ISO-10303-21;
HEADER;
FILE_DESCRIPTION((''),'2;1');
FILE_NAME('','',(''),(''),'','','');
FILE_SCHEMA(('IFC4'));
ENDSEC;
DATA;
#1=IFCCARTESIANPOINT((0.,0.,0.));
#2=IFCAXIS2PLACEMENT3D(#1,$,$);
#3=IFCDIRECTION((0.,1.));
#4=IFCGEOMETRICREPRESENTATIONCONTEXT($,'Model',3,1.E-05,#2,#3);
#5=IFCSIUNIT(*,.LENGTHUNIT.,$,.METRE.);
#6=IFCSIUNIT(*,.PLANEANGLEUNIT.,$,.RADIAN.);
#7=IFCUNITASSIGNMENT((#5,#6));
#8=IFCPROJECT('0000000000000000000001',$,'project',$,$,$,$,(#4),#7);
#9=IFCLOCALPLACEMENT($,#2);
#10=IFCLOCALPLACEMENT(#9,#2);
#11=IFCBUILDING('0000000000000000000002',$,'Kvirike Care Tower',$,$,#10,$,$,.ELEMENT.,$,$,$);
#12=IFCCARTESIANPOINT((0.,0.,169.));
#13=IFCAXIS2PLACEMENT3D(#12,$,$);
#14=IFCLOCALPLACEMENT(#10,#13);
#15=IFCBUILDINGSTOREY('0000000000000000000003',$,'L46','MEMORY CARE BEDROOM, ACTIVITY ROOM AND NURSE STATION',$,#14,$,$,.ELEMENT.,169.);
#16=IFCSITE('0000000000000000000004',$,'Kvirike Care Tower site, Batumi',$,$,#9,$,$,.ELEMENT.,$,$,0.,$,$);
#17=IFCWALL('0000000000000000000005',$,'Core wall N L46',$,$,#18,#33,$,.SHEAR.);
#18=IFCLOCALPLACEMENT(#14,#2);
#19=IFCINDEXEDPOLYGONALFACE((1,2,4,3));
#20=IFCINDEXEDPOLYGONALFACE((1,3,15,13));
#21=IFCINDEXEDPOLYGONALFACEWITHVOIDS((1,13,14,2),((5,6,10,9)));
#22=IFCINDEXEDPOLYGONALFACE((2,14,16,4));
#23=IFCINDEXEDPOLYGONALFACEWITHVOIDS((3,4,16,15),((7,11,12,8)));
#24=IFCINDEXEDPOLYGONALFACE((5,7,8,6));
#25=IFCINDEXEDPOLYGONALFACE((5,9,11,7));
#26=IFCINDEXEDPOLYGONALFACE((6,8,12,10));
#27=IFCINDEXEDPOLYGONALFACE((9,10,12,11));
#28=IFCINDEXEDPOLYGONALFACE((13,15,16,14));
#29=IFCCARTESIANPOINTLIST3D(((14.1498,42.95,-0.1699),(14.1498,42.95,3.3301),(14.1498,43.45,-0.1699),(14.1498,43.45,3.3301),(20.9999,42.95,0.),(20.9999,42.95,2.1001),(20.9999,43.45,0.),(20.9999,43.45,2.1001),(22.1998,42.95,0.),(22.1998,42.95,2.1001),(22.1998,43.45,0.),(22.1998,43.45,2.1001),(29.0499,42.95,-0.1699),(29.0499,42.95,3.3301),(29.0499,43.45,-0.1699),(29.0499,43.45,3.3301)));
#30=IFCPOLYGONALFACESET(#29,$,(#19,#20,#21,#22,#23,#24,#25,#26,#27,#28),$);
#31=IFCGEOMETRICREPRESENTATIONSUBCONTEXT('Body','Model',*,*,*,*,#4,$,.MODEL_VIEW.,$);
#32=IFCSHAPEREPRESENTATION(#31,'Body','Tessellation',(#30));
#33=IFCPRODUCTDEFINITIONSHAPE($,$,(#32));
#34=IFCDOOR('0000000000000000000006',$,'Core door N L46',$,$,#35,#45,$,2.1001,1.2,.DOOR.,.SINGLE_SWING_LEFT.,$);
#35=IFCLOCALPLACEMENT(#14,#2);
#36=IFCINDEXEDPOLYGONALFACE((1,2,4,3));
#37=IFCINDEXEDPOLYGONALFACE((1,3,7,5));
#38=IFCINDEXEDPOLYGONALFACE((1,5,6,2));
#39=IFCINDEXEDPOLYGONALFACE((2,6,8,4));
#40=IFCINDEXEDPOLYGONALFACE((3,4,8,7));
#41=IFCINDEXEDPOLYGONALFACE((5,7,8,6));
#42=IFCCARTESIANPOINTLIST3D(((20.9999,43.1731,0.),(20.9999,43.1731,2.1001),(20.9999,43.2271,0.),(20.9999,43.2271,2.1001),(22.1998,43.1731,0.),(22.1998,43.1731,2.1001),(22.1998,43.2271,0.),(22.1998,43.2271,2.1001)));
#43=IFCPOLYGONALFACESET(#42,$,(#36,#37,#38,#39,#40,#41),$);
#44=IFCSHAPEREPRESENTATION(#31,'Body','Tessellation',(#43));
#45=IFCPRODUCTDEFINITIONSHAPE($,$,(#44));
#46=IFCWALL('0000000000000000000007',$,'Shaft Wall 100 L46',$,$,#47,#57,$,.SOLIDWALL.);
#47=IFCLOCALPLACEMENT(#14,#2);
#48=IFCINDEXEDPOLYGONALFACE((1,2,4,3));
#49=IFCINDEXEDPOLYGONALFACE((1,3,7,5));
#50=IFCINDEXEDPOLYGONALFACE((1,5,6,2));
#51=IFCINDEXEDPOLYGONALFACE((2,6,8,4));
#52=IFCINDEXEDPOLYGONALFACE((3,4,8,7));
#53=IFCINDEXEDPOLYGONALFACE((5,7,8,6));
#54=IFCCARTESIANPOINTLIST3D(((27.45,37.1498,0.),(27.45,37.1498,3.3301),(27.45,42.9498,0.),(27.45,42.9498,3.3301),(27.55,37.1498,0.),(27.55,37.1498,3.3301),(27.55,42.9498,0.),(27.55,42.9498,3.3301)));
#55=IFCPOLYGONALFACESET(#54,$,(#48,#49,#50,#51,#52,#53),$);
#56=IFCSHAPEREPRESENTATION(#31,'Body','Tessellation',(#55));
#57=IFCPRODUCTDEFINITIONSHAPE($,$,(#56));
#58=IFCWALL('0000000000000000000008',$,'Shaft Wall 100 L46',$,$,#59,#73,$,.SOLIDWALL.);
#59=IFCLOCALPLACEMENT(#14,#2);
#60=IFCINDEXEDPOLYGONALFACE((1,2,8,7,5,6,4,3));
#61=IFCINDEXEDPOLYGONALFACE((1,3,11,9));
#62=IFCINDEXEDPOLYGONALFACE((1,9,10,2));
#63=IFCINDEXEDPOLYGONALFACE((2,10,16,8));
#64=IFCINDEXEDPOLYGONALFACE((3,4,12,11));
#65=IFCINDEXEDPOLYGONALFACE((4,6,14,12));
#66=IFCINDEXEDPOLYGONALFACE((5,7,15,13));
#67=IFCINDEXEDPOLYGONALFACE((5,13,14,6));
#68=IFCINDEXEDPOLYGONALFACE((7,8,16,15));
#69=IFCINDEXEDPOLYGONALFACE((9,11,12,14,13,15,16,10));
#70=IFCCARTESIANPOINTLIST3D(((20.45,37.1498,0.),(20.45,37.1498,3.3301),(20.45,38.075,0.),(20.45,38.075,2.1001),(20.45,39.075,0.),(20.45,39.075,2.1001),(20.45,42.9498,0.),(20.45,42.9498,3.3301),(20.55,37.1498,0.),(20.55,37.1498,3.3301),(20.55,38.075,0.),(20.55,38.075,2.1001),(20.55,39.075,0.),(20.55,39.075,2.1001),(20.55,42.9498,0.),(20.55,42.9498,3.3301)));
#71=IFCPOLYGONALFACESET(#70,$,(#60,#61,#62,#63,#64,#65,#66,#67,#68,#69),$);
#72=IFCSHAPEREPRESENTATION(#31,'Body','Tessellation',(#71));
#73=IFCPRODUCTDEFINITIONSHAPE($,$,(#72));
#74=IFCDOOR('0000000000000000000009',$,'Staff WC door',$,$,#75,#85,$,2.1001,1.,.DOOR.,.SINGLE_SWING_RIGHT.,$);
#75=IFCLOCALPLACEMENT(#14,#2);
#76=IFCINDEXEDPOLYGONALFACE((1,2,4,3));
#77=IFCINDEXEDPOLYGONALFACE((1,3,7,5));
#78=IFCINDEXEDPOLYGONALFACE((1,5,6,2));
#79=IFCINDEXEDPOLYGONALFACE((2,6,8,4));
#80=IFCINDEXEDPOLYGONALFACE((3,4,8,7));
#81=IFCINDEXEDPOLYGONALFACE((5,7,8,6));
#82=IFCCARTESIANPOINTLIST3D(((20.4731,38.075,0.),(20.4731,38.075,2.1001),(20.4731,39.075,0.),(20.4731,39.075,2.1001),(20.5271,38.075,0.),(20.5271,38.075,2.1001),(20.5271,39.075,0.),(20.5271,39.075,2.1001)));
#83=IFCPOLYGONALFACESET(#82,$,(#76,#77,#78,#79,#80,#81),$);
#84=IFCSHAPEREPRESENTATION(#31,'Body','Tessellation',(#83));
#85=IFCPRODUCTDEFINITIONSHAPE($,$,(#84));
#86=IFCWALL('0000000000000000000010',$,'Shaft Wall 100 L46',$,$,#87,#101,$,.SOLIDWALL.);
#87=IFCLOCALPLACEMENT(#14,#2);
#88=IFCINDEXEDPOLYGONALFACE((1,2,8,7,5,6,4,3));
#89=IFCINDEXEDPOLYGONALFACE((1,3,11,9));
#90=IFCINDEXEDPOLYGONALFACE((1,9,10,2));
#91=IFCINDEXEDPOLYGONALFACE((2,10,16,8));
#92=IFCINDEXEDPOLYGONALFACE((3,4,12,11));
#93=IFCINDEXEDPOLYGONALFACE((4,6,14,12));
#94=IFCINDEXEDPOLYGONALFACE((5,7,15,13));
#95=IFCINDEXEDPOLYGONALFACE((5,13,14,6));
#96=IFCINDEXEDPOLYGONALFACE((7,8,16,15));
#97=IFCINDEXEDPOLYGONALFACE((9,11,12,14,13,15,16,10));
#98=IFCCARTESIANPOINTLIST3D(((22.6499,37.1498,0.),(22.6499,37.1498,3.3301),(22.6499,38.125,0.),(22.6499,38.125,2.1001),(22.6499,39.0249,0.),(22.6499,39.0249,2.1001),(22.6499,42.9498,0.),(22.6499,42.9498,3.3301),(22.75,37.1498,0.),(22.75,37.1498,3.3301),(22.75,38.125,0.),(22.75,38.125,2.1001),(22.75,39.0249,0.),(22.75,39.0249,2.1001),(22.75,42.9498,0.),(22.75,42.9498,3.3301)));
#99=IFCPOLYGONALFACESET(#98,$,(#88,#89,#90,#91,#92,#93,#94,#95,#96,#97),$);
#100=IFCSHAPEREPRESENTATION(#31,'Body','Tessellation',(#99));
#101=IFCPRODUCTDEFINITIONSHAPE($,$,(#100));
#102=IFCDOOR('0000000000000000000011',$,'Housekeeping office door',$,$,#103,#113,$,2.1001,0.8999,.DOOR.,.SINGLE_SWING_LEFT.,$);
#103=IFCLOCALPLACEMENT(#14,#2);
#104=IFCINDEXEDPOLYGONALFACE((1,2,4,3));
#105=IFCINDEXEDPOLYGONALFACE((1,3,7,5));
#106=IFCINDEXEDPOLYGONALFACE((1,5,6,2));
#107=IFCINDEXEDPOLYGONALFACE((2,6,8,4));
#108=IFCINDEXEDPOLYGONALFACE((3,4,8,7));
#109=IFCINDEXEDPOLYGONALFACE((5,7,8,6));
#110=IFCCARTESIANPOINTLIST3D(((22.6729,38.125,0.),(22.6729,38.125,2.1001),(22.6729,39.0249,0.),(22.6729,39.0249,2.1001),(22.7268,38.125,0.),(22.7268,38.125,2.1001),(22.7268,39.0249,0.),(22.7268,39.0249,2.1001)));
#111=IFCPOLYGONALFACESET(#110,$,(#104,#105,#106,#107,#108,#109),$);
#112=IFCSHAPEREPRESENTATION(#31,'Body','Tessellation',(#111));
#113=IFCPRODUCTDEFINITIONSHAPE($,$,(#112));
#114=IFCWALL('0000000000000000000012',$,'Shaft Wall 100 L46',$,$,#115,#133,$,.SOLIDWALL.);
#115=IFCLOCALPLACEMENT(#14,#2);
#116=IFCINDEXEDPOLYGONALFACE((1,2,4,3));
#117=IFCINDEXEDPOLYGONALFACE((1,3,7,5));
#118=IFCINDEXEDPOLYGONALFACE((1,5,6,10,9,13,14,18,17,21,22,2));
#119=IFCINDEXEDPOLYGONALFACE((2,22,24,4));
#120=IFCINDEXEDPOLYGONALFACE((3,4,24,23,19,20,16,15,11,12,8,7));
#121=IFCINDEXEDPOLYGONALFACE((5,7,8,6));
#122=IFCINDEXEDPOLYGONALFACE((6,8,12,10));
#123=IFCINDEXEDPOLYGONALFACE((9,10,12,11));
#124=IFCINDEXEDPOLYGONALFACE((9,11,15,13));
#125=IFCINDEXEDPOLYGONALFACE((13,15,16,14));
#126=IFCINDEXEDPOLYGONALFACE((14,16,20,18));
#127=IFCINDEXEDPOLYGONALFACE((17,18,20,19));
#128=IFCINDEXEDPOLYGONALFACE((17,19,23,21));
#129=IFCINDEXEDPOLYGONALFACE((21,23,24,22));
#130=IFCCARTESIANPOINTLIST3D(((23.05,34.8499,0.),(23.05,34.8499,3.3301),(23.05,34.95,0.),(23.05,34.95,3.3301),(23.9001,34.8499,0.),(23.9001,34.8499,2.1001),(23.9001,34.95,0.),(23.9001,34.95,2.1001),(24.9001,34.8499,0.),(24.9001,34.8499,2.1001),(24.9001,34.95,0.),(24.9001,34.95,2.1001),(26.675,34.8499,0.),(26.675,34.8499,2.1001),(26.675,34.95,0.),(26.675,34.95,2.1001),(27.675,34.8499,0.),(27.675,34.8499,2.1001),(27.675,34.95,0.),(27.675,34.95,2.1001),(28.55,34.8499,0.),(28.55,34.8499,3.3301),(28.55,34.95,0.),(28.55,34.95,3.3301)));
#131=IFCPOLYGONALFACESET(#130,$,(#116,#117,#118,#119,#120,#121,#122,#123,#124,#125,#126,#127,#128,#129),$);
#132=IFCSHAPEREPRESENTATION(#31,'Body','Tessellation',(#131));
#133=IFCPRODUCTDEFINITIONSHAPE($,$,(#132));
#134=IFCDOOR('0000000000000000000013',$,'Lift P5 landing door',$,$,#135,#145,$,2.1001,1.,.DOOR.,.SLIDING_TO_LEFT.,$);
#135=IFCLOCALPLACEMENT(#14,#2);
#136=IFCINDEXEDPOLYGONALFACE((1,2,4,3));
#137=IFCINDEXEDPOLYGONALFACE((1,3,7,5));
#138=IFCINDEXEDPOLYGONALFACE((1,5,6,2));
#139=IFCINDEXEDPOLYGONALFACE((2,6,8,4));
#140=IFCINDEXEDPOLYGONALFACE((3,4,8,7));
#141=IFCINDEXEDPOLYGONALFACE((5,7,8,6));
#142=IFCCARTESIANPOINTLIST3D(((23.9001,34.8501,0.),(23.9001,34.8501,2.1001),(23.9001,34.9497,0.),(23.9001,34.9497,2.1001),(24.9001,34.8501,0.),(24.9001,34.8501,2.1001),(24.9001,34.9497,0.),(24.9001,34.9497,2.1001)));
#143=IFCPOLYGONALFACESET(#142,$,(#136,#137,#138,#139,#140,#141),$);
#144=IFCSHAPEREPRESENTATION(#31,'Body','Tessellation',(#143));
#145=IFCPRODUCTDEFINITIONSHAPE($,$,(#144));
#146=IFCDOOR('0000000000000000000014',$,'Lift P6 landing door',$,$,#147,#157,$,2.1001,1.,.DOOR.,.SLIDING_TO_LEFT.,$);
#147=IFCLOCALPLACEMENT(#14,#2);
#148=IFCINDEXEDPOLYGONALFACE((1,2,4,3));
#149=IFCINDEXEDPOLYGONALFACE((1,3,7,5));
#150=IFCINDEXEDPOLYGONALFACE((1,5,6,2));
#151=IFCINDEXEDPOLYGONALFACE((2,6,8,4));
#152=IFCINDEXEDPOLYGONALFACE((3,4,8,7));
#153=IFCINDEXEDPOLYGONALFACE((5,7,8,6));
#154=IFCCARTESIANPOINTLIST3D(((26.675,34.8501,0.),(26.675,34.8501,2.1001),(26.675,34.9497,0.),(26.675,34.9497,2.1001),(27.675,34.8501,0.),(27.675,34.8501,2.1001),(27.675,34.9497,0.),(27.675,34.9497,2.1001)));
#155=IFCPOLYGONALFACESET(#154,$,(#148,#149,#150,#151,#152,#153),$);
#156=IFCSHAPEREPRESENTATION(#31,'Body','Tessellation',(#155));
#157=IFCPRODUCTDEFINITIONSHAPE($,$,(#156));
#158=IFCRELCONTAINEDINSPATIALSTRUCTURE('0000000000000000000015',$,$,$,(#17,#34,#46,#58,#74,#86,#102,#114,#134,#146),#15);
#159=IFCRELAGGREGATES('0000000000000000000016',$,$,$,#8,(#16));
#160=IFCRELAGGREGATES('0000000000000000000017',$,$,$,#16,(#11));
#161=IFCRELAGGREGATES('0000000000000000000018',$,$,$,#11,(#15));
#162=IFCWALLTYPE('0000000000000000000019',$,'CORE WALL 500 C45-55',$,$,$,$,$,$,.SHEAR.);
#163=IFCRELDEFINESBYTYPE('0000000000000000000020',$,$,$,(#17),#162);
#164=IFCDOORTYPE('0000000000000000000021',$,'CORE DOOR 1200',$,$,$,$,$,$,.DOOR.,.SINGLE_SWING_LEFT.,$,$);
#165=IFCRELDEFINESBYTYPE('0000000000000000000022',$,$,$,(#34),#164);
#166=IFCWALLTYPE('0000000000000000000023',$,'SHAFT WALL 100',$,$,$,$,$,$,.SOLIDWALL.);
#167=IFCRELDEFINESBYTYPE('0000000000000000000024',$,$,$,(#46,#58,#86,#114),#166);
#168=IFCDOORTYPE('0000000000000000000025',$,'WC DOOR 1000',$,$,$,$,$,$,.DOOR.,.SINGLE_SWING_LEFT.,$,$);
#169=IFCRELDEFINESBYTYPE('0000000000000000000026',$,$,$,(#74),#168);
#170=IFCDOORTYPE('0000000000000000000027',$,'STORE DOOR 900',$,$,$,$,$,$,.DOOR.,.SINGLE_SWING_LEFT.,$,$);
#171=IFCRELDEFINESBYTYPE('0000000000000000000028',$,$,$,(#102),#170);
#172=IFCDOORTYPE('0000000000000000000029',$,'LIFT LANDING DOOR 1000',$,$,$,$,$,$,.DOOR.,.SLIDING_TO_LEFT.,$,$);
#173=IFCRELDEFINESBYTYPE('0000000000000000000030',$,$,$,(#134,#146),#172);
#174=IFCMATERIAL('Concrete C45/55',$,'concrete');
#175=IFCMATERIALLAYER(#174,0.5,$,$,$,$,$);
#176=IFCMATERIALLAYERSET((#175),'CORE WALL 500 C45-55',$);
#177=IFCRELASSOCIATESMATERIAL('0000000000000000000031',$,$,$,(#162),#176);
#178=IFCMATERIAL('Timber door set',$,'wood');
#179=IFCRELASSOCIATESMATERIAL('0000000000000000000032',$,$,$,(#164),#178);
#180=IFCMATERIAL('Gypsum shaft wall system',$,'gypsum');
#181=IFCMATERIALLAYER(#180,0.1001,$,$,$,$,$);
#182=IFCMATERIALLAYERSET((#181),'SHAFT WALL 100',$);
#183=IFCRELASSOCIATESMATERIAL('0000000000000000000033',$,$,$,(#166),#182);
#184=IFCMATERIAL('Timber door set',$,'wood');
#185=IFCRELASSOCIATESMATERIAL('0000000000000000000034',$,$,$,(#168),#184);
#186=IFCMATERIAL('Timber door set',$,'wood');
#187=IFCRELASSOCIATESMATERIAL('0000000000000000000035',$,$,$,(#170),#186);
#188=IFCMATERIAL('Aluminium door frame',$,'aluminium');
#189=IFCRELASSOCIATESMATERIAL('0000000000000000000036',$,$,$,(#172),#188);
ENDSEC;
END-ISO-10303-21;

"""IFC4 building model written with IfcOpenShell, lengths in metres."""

from ifc_helpers import new_model, si_unit, direction, frame, frame_2d, origin, place, context, subcontext, project, spatial, rectangle, extrude, material, layer, layer_set, type_object, element, fill, save


model = new_model("IFC4")

# Units and contexts
model_context = context("Model", 3, precision=1e-05, world=origin(), true_north=direction((0.0, 1.0)))
body_context = subcontext(model_context, "Body", "Model", "MODEL_VIEW")
ifc_project = project(units=[si_unit("LENGTHUNIT", "METRE"), si_unit("PLANEANGLEUNIT", "RADIAN")], contexts=[model_context])

# Site, building, storey
site_placement = place(None, origin())
site = spatial("IfcSite", under=ifc_project, at=site_placement, Name="Kvirike Care Tower site, Batumi", CompositionType="ELEMENT", RefElevation=0.0)
building_placement = place(site_placement, origin())
building = spatial("IfcBuilding", under=site, at=building_placement, Name="Kvirike Care Tower", CompositionType="ELEMENT")
storey_placement = place(building_placement, frame((0.0, 0.0, 169.0)))
storey = spatial("IfcBuildingStorey", under=building, at=storey_placement, Name="L46", Description="MEMORY CARE BEDROOM, ACTIVITY ROOM AND NURSE STATION", CompositionType="ELEMENT", Elevation=169.0)

# Wall, opening, door
ifc_material_1 = material(Name="Concrete C45/55", Category="concrete")
ifc_layer_1 = layer(ifc_material_1, 0.5)
ifc_layer_set_1 = layer_set([ifc_layer_1], Name="CORE WALL 500 C45-55")
wall_type_1 = type_object("IfcWallType", Name="CORE WALL 500 C45-55", PredefinedType="SHEAR", material=ifc_layer_set_1)
wall_1_placement = place(storey_placement, frame((29.05, 43.2, -0.1699), z_axis=(0.0, 0.0, 1.0), x_axis=(-1.0, 0.0, 0.0)))
wall_1 = element("IfcWall", 1, at=wall_1_placement, inside=storey, type_object=wall_type_1, Name="Core wall N L46", PredefinedType="SHEAR", context=body_context, shape_type="SweptSolid", body=[
    extrude(rectangle(XDim=14.9001, YDim=0.5, at=frame_2d((7.4502, 0.0))), origin(), (0.0, 0.0, 1.0), 3.5),
])
opening_1_placement = place(wall_1_placement, frame((6.8501, 0.0, 0.1699)))
opening_1 = element("IfcOpeningElement", 2, at=opening_1_placement, cuts=wall_1, PredefinedType="OPENING", context=body_context, shape_type="SweptSolid", body=[
    extrude(rectangle(XDim=1.2, YDim=2.1001, at=frame_2d((0.6001, 1.05))), frame((0.0, 0.2605, 0.0), z_axis=(0.0, -1.0, 0.0), x_axis=(1.0, 0.0, 0.0)), (0.0, 0.0, 1.0), 0.521),
])
ifc_material_2 = material(Name="Timber door set", Category="wood")
door_type_1 = type_object("IfcDoorType", Name="CORE DOOR 1200", OperationType="SINGLE_SWING_LEFT", PredefinedType="DOOR", material=ifc_material_2)
door_1_placement = place(opening_1_placement, origin())
door_1 = element("IfcDoor", 3, at=door_1_placement, inside=storey, type_object=door_type_1, Name="Core door N L46", OperationType="SINGLE_SWING_LEFT", OverallHeight=2.1001, OverallWidth=1.2, PredefinedType="DOOR", context=body_context, shape_type="SweptSolid", body=[
    extrude(rectangle(XDim=1.2, YDim=2.1001, at=frame_2d((0.6001, 1.05))), frame((0.0, 0.0269, 0.0), z_axis=(0.0, -1.0, 0.0), x_axis=(1.0, 0.0, 0.0)), (0.0, 0.0, 1.0), 0.054),
])
fill(opening_1, door_1)

# Wall
ifc_material_3 = material(Name="Gypsum shaft wall system", Category="gypsum")
ifc_layer_2 = layer(ifc_material_3, 0.1001)
ifc_layer_set_2 = layer_set([ifc_layer_2], Name="SHAFT WALL 100")
wall_type_2 = type_object("IfcWallType", Name="SHAFT WALL 100", PredefinedType="SOLIDWALL", material=ifc_layer_set_2)
wall_2_placement = place(storey_placement, frame((27.5, 37.1499, 0.0), z_axis=(0.0, 0.0, 1.0), x_axis=(0.0, 1.0, 0.0)))
element("IfcWall", 4, at=wall_2_placement, inside=storey, type_object=wall_type_2, Name="Shaft Wall 100 L46", PredefinedType="SOLIDWALL", context=body_context, shape_type="SweptSolid", body=[
    extrude(rectangle(XDim=5.8, YDim=0.1001, at=frame_2d((2.8999, 0.0))), origin(), (0.0, 0.0, 1.0), 3.3301),
])

# Walls, openings, doors
wall_3_placement = place(storey_placement, frame((20.5, 37.1499, 0.0), z_axis=(0.0, 0.0, 1.0), x_axis=(0.0, 1.0, 0.0)))
wall_3 = element("IfcWall", 5, at=wall_3_placement, inside=storey, type_object=wall_type_2, Name="Shaft Wall 100 L46", PredefinedType="SOLIDWALL", context=body_context, shape_type="SweptSolid", body=[
    extrude(rectangle(XDim=5.8, YDim=0.1001, at=frame_2d((2.8999, 0.0))), origin(), (0.0, 0.0, 1.0), 3.3301),
])
opening_2_placement = place(wall_3_placement, frame((0.925, 0.0, 0.0)))
opening_2 = element("IfcOpeningElement", 6, at=opening_2_placement, cuts=wall_3, PredefinedType="OPENING", context=body_context, shape_type="SweptSolid", body=[
    extrude(rectangle(XDim=1.0, YDim=2.1001, at=frame_2d((0.5, 1.05))), frame((0.0, 0.0605, 0.0), z_axis=(0.0, -1.0, 0.0), x_axis=(1.0, 0.0, 0.0)), (0.0, 0.0, 1.0), 0.1211),
])
ifc_material_4 = material(Name="Timber door set", Category="wood")
door_type_2 = type_object("IfcDoorType", Name="WC DOOR 1000", OperationType="SINGLE_SWING_LEFT", PredefinedType="DOOR", material=ifc_material_4)
door_2_placement = place(opening_2_placement, origin())
door_2 = element("IfcDoor", 7, at=door_2_placement, inside=storey, type_object=door_type_2, Name="Staff WC door", OperationType="SINGLE_SWING_RIGHT", OverallHeight=2.1001, OverallWidth=1.0, PredefinedType="DOOR", context=body_context, shape_type="SweptSolid", body=[
    extrude(rectangle(XDim=1.0, YDim=2.1001, at=frame_2d((0.5, 1.05))), frame((0.0, 0.0269, 0.0), z_axis=(0.0, -1.0, 0.0), x_axis=(1.0, 0.0, 0.0)), (0.0, 0.0, 1.0), 0.054),
])
fill(opening_2, door_2)
wall_4_placement = place(storey_placement, frame((22.7, 37.1499, 0.0), z_axis=(0.0, 0.0, 1.0), x_axis=(0.0, 1.0, 0.0)))
wall_4 = element("IfcWall", 8, at=wall_4_placement, inside=storey, type_object=wall_type_2, Name="Shaft Wall 100 L46", PredefinedType="SOLIDWALL", context=body_context, shape_type="SweptSolid", body=[
    extrude(rectangle(XDim=5.8, YDim=0.1001, at=frame_2d((2.8999, 0.0))), origin(), (0.0, 0.0, 1.0), 3.3301),
])
opening_3_placement = place(wall_4_placement, frame((0.9751, 0.0, 0.0)))
opening_3 = element("IfcOpeningElement", 9, at=opening_3_placement, cuts=wall_4, PredefinedType="OPENING", context=body_context, shape_type="SweptSolid", body=[
    extrude(rectangle(XDim=0.8999, YDim=2.1001, at=frame_2d((0.45, 1.05))), frame((0.0, 0.0605, 0.0), z_axis=(0.0, -1.0, 0.0), x_axis=(1.0, 0.0, 0.0)), (0.0, 0.0, 1.0), 0.1211),
])
ifc_material_5 = material(Name="Timber door set", Category="wood")
door_type_3 = type_object("IfcDoorType", Name="STORE DOOR 900", OperationType="SINGLE_SWING_LEFT", PredefinedType="DOOR", material=ifc_material_5)
door_3_placement = place(opening_3_placement, frame((0.8999, 0.0, 0.0), z_axis=(0.0, 0.0, 1.0), x_axis=(-1.0, 0.0, 0.0)))
door_3 = element("IfcDoor", 10, at=door_3_placement, inside=storey, type_object=door_type_3, Name="Housekeeping office door", OperationType="SINGLE_SWING_LEFT", OverallHeight=2.1001, OverallWidth=0.8999, PredefinedType="DOOR", context=body_context, shape_type="SweptSolid", body=[
    extrude(rectangle(XDim=0.8999, YDim=2.1001, at=frame_2d((0.45, 1.05))), frame((0.0, 0.0269, 0.0), z_axis=(0.0, -1.0, 0.0), x_axis=(1.0, 0.0, 0.0)), (0.0, 0.0, 1.0), 0.054),
])
fill(opening_3, door_3)

# Wall, openings, doors
wall_5_placement = place(storey_placement, frame((23.05, 34.8999, 0.0), z_axis=(0.0, 0.0, 1.0), x_axis=(1.0, 0.0, 0.0)))
wall_5 = element("IfcWall", 11, at=wall_5_placement, inside=storey, type_object=wall_type_2, Name="Shaft Wall 100 L46", PredefinedType="SOLIDWALL", context=body_context, shape_type="SweptSolid", body=[
    extrude(rectangle(XDim=5.5, YDim=0.1001, at=frame_2d((2.75, 0.0))), origin(), (0.0, 0.0, 1.0), 3.3301),
])
opening_4_placement = place(wall_5_placement, frame((0.8501, 0.0, 0.0)))
opening_4 = element("IfcOpeningElement", 12, at=opening_4_placement, cuts=wall_5, PredefinedType="OPENING", context=body_context, shape_type="SweptSolid", body=[
    extrude(rectangle(XDim=1.0, YDim=2.1001, at=frame_2d((0.5, 1.05))), frame((0.0, 0.0605, 0.0), z_axis=(0.0, -1.0, 0.0), x_axis=(1.0, 0.0, 0.0)), (0.0, 0.0, 1.0), 0.1211),
])
opening_5_placement = place(wall_5_placement, frame((3.625, 0.0, 0.0)))
opening_5 = element("IfcOpeningElement", 13, at=opening_5_placement, cuts=wall_5, PredefinedType="OPENING", context=body_context, shape_type="SweptSolid", body=[
    extrude(rectangle(XDim=1.0, YDim=2.1001, at=frame_2d((0.5, 1.05))), frame((0.0, 0.0605, 0.0), z_axis=(0.0, -1.0, 0.0), x_axis=(1.0, 0.0, 0.0)), (0.0, 0.0, 1.0), 0.1211),
])
ifc_material_6 = material(Name="Aluminium door frame", Category="aluminium")
door_type_4 = type_object("IfcDoorType", Name="LIFT LANDING DOOR 1000", OperationType="SLIDING_TO_LEFT", PredefinedType="DOOR", material=ifc_material_6)
door_4_placement = place(opening_4_placement, origin())
door_4 = element("IfcDoor", 14, at=door_4_placement, inside=storey, type_object=door_type_4, Name="Lift P5 landing door", OperationType="SLIDING_TO_LEFT", OverallHeight=2.1001, OverallWidth=1.0, PredefinedType="DOOR", context=body_context, shape_type="SweptSolid", body=[
    extrude(rectangle(XDim=1.0, YDim=2.1001, at=frame_2d((0.5, 1.05))), frame((0.0, 0.0498, 0.0), z_axis=(0.0, -1.0, 0.0), x_axis=(1.0, 0.0, 0.0)), (0.0, 0.0, 1.0), 0.0996),
])
fill(opening_4, door_4)
door_5_placement = place(opening_5_placement, origin())
door_5 = element("IfcDoor", 15, at=door_5_placement, inside=storey, type_object=door_type_4, Name="Lift P6 landing door", OperationType="SLIDING_TO_LEFT", OverallHeight=2.1001, OverallWidth=1.0, PredefinedType="DOOR", context=body_context, shape_type="SweptSolid", body=[
    extrude(rectangle(XDim=1.0, YDim=2.1001, at=frame_2d((0.5, 1.05))), frame((0.0, 0.0498, 0.0), z_axis=(0.0, -1.0, 0.0), x_axis=(1.0, 0.0, 0.0)), (0.0, 0.0, 1.0), 0.0996),
])
fill(opening_5, door_5)

save(model, "model.ifc")
